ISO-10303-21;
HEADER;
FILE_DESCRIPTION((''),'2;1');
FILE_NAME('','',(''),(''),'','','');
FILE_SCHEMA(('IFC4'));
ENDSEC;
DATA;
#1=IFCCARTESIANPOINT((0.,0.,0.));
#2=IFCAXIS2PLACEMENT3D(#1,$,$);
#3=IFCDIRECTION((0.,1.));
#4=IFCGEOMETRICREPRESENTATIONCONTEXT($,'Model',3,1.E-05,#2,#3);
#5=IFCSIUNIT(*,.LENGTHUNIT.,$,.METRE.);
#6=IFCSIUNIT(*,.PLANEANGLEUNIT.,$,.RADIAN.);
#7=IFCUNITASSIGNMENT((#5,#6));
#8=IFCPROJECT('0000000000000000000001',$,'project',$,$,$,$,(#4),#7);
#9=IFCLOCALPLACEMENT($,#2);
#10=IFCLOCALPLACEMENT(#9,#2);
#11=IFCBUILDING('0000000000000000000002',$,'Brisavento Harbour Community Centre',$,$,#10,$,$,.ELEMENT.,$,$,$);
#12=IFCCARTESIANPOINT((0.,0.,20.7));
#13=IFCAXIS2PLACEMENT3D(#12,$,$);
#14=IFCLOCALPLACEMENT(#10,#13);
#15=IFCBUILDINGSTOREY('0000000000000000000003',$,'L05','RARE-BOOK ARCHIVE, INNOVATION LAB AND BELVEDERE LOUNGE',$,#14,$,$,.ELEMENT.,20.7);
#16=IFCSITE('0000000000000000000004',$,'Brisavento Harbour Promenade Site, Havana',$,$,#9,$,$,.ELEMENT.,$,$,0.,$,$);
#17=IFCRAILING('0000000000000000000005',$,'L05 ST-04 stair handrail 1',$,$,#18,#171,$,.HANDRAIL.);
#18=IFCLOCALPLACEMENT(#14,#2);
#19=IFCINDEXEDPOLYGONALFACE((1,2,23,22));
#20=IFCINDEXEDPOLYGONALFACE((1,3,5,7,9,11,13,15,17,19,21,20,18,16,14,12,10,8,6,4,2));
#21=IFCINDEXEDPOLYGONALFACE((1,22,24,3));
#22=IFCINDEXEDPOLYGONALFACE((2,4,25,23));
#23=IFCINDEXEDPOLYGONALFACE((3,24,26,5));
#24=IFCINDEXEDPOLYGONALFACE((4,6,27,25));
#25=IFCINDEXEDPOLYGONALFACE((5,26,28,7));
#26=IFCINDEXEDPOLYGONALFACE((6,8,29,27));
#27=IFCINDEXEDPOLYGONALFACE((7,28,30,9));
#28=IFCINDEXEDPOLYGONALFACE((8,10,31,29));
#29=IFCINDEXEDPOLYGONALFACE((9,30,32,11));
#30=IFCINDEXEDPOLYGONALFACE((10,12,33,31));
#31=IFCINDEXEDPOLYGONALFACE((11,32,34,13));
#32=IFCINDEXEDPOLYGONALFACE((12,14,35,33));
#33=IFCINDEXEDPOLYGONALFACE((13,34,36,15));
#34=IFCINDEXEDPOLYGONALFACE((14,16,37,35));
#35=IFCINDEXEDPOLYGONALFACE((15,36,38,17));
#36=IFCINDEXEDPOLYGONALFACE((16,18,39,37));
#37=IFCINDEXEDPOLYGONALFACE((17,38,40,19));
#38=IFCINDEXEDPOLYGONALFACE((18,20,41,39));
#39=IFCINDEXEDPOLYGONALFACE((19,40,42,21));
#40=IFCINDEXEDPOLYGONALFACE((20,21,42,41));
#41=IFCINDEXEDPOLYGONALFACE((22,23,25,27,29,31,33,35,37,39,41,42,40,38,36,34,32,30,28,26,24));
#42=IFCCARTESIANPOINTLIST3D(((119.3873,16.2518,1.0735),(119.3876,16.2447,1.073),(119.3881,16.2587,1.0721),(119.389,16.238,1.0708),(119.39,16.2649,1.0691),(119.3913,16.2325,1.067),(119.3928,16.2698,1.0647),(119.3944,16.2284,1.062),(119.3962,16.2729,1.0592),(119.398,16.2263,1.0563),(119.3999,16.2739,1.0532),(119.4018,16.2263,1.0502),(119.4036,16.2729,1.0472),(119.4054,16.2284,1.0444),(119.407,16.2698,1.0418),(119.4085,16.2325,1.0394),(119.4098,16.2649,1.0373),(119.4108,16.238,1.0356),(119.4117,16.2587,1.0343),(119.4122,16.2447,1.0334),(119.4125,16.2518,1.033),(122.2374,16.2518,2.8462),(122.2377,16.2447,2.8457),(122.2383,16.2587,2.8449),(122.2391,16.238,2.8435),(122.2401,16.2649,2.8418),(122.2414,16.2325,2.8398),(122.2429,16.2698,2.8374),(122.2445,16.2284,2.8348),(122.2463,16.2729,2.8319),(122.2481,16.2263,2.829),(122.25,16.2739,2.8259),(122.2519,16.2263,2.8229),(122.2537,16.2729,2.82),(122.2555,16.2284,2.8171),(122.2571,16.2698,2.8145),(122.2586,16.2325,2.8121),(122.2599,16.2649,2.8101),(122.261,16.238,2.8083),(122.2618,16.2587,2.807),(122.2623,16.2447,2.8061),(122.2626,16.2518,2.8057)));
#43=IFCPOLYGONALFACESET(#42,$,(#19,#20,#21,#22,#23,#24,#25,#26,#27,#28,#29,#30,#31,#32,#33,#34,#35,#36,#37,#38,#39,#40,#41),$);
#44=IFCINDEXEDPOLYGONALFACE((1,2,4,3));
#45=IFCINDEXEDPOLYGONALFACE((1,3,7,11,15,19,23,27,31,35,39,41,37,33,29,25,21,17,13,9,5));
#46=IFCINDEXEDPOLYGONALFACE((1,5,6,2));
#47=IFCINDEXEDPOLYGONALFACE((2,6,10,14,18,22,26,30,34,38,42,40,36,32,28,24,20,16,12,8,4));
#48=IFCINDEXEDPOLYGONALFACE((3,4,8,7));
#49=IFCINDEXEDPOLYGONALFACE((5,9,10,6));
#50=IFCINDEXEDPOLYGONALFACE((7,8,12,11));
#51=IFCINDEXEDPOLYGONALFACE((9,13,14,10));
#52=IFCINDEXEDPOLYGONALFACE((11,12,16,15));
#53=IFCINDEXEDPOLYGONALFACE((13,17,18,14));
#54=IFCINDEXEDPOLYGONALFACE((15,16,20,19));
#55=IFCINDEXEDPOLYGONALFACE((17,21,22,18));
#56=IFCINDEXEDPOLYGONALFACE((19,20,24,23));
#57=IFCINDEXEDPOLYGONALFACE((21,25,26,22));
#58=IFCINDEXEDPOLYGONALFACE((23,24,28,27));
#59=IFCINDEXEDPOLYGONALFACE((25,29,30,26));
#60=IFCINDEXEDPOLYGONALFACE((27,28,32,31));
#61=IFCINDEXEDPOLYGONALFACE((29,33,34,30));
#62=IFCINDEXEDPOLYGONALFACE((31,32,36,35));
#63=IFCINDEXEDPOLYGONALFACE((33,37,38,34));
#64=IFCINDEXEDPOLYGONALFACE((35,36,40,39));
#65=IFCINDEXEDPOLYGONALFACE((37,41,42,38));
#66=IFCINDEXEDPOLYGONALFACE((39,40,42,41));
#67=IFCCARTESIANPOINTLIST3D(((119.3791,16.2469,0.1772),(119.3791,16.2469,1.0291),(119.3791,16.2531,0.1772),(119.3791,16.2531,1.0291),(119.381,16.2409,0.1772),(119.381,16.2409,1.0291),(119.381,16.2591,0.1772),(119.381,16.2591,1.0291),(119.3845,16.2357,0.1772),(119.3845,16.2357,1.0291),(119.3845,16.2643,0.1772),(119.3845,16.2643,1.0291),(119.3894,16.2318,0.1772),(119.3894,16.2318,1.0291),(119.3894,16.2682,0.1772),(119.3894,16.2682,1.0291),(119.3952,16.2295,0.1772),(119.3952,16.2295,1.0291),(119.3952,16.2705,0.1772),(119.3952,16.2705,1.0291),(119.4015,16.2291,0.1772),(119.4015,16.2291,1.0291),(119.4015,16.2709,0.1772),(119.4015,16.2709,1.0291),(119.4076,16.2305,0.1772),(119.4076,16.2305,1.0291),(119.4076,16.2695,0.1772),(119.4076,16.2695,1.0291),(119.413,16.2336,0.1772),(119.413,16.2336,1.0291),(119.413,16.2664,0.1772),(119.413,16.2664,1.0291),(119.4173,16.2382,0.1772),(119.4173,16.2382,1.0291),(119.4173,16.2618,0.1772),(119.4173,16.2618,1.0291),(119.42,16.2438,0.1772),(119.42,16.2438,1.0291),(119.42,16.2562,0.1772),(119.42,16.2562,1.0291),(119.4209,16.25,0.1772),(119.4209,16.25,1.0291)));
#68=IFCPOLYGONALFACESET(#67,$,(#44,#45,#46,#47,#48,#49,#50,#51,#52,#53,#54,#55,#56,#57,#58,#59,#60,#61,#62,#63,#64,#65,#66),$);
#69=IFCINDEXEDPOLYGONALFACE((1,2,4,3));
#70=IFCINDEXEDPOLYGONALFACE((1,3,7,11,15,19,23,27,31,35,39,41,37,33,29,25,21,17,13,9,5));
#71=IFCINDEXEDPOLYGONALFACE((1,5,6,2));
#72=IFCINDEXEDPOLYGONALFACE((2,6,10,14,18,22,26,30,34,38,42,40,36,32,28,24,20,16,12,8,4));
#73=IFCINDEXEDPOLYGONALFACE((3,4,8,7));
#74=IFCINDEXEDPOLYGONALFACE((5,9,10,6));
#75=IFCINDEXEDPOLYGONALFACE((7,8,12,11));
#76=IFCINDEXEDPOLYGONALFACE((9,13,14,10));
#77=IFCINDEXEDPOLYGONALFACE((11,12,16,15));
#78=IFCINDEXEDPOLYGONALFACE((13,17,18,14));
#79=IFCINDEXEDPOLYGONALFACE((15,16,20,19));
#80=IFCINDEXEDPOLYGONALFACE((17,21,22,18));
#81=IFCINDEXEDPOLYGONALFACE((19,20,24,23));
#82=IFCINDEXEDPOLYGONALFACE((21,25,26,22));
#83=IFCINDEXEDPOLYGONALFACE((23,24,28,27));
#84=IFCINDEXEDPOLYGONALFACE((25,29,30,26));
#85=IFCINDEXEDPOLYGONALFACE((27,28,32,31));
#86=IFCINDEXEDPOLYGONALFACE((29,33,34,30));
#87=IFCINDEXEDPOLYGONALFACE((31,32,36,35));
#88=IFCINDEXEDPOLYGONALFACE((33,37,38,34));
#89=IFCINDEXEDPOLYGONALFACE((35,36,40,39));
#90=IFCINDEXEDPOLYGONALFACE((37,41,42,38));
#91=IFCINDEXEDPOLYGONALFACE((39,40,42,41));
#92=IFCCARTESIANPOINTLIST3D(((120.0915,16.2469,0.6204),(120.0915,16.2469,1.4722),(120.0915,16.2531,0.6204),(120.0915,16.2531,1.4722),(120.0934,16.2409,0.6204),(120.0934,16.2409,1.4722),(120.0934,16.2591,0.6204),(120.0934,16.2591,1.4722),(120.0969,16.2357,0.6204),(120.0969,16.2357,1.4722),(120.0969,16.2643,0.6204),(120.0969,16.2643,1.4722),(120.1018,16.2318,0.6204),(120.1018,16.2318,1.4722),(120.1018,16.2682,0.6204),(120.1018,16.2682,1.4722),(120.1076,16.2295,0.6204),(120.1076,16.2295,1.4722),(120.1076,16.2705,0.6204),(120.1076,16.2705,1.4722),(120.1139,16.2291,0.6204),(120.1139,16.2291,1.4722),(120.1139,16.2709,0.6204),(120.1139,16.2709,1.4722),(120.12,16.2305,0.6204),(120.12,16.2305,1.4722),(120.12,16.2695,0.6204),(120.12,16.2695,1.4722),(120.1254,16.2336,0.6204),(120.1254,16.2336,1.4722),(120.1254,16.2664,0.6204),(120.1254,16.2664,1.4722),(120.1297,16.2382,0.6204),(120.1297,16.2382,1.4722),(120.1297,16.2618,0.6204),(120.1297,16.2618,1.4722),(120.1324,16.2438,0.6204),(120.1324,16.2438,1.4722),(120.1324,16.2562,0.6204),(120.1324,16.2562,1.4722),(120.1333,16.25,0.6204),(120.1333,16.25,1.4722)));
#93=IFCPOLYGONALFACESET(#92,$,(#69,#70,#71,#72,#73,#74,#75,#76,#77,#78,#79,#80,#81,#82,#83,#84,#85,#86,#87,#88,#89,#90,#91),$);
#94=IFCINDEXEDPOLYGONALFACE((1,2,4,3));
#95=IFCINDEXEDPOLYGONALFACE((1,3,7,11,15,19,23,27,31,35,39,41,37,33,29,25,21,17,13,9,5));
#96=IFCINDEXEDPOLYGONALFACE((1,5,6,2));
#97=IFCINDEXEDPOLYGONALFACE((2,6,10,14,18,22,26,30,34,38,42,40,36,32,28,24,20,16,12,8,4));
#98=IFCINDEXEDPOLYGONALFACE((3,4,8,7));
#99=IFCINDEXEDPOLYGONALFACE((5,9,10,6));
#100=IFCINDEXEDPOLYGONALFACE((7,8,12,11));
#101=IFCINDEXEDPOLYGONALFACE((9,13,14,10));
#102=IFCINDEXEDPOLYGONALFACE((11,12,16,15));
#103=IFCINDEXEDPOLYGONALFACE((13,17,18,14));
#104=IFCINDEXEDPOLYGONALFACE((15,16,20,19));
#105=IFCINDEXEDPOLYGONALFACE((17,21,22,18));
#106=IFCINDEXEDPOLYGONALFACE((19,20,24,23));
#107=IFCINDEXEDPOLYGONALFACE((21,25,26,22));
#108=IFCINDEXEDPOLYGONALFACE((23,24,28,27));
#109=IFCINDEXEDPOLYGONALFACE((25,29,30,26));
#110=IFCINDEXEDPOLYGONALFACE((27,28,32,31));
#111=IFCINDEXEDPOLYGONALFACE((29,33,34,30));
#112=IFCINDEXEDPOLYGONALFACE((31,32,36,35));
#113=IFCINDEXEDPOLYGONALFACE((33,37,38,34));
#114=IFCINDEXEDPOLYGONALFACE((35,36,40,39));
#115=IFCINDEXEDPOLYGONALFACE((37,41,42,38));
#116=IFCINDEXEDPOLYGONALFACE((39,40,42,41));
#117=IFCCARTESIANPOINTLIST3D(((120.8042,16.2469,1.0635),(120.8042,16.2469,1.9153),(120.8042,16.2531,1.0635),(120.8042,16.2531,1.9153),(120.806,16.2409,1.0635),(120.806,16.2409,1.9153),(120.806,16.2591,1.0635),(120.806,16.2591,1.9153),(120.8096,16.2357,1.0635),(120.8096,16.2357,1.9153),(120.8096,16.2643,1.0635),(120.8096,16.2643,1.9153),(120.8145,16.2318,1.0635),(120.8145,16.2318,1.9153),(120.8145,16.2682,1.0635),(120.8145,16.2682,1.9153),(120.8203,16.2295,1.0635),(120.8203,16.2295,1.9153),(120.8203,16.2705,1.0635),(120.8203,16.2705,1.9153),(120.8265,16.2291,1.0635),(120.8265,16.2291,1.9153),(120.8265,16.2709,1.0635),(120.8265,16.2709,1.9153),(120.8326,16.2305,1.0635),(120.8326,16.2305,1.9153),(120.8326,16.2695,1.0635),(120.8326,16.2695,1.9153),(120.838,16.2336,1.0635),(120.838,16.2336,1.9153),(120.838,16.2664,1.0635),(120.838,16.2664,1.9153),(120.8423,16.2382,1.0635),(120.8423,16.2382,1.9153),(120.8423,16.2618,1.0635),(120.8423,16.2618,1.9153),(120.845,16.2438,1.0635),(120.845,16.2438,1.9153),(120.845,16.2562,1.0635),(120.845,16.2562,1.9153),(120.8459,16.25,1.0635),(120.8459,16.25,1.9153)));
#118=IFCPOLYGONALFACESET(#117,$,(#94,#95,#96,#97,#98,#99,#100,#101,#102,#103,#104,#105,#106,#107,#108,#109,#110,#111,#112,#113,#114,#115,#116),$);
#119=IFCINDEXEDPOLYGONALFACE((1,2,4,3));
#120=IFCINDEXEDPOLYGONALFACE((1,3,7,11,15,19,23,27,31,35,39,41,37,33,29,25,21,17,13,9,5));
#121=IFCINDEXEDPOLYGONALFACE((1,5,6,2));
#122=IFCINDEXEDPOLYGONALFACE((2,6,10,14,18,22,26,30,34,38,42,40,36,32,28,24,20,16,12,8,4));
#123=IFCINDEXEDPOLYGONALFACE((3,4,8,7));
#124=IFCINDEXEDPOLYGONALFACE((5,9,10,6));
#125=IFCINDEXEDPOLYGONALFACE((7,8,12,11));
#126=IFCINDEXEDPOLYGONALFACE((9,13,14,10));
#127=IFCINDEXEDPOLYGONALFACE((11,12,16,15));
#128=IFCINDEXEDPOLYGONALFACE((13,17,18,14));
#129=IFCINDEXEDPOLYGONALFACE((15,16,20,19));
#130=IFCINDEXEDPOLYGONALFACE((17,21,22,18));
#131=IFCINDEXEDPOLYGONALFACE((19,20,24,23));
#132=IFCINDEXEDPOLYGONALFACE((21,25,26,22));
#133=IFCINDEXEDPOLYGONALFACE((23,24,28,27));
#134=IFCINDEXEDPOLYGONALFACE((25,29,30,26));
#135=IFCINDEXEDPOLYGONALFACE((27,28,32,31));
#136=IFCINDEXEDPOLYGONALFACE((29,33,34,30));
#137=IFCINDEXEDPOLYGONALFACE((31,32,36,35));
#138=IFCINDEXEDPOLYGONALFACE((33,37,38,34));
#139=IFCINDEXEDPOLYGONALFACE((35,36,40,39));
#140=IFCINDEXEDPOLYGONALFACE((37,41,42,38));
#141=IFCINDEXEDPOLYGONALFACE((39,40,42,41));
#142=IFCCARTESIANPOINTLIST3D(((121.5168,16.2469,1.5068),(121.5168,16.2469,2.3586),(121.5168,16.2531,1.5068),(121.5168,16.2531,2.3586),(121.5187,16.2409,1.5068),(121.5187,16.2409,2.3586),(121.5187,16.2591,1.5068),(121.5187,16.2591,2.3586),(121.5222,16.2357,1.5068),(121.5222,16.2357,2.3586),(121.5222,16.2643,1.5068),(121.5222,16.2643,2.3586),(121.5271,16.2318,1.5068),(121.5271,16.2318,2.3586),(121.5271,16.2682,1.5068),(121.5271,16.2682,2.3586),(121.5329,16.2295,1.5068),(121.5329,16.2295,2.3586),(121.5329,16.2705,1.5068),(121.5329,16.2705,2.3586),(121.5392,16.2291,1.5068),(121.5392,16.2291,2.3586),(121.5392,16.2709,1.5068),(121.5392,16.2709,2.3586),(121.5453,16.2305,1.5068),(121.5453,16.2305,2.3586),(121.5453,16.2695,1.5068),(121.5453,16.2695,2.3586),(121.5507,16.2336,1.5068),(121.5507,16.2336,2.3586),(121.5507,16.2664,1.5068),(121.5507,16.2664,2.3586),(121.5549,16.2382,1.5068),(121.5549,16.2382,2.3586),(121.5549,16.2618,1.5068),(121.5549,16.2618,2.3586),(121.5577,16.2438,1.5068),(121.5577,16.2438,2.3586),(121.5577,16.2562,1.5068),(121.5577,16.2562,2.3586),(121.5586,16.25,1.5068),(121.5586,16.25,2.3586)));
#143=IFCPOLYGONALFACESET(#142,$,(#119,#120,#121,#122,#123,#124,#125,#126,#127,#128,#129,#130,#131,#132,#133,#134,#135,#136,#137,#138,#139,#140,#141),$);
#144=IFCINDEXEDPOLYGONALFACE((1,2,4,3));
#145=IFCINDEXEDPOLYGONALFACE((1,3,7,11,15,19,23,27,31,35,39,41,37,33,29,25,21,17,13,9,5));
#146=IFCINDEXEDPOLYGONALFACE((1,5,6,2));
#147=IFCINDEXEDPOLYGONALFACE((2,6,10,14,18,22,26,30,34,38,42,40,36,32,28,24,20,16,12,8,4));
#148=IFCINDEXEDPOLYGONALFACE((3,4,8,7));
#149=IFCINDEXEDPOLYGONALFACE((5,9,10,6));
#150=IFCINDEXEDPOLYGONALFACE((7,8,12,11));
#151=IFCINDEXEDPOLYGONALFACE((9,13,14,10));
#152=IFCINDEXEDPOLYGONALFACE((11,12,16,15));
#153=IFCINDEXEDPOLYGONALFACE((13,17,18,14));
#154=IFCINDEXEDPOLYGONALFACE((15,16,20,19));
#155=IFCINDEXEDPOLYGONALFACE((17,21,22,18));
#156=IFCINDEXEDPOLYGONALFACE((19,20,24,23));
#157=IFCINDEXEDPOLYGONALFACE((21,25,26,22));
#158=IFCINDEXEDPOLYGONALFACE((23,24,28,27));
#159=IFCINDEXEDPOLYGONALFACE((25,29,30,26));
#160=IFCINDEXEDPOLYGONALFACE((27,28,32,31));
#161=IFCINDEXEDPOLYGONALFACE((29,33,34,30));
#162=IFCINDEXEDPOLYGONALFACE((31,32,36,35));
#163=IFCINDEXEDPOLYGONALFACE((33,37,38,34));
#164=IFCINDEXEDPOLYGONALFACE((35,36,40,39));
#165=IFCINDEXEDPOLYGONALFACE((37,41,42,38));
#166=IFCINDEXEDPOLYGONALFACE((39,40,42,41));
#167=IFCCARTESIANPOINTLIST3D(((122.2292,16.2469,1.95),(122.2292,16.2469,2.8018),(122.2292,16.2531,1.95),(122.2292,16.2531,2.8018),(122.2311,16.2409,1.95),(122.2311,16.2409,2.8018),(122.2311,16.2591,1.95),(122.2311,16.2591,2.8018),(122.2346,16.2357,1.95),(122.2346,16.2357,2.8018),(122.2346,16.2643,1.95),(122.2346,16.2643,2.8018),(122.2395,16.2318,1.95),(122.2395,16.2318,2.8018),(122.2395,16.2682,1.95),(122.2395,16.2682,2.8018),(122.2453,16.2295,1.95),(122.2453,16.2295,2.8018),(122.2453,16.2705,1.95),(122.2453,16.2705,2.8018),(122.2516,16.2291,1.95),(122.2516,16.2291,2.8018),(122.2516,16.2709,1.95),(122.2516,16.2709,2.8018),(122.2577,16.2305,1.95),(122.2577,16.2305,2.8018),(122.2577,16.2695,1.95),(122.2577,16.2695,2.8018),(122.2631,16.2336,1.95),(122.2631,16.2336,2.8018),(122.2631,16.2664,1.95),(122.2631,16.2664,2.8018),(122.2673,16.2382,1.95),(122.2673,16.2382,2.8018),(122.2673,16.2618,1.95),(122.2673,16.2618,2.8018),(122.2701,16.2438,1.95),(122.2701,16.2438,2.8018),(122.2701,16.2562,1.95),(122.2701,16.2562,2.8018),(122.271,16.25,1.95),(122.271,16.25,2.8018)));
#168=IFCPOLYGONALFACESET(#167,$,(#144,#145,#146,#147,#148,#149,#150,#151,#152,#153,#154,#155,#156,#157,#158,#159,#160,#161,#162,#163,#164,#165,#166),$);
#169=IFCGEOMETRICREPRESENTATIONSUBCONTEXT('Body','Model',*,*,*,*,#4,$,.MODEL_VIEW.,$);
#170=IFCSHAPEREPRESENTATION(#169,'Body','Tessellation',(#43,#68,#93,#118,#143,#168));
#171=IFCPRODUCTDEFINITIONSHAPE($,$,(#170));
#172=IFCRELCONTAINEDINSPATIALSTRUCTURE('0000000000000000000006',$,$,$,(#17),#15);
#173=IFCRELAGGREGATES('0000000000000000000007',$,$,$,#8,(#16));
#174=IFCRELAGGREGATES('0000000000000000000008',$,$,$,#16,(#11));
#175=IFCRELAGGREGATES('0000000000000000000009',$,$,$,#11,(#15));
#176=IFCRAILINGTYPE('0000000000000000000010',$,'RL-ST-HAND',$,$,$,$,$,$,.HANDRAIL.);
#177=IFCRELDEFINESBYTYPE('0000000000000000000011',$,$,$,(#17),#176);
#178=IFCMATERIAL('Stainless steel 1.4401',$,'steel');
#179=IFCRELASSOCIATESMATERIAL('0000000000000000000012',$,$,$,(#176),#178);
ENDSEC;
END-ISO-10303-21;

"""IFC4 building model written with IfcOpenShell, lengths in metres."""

from ifc_helpers import new_model, si_unit, direction, frame, origin, origin_2d, place, context, subcontext, project, spatial, circle, extrude, material, type_object, element, save


model = new_model("IFC4")

# Units and contexts
model_context = context("Model", 3, precision=1e-05, world=origin(), true_north=direction((0.0, 1.0)))
body_context = subcontext(model_context, "Body", "Model", "MODEL_VIEW")
ifc_project = project(units=[si_unit("LENGTHUNIT", "METRE"), si_unit("PLANEANGLEUNIT", "RADIAN")], contexts=[model_context])

# Site, building, storey
site_placement = place(None, origin())
site = spatial("IfcSite", under=ifc_project, at=site_placement, Name="Brisavento Harbour Promenade Site, Havana", CompositionType="ELEMENT", RefElevation=0.0)
building_placement = place(site_placement, origin())
building = spatial("IfcBuilding", under=site, at=building_placement, Name="Brisavento Harbour Community Centre", CompositionType="ELEMENT")
storey_placement = place(building_placement, frame((0.0, 0.0, 20.7)))
storey = spatial("IfcBuildingStorey", under=building, at=storey_placement, Name="L05", Description="RARE-BOOK ARCHIVE, INNOVATION LAB AND BELVEDERE LOUNGE", CompositionType="ELEMENT", Elevation=20.7)

# Railing
ifc_material_1 = material(Name="Stainless steel 1.4401", Category="steel")
railing_type_1 = type_object("IfcRailingType", Name="RL-ST-HAND", PredefinedType="HANDRAIL", material=ifc_material_1)
railing_1_placement = place(storey_placement, frame((119.3999, 16.25, 0.1772)))
element("IfcRailing", 1, at=railing_1_placement, inside=storey, type_object=railing_type_1, Name="L05 ST-04 stair handrail 1", PredefinedType="HANDRAIL", context=body_context, shape_type="SweptSolid", body=[
    extrude(circle(Radius=0.0239, at=origin_2d()), frame((0.0, 0.0, 0.876), z_axis=(0.849149, 0.0, 0.528154), x_axis=(0.0, 1.0, 0.0)), (0.0, 0.0, 1.0), 3.3564),
    extrude(circle(Radius=0.021, at=origin_2d()), origin(), (0.0, 0.0, 1.0), 0.8518),
    extrude(circle(Radius=0.021, at=origin_2d()), frame((0.7124, 0.0, 0.4431)), (0.0, 0.0, 1.0), 0.8518),
    extrude(circle(Radius=0.021, at=origin_2d()), frame((1.425, 0.0, 0.8862)), (0.0, 0.0, 1.0), 0.8518),
    extrude(circle(Radius=0.021, at=origin_2d()), frame((2.1377, 0.0, 1.3296)), (0.0, 0.0, 1.0), 0.8518),
    extrude(circle(Radius=0.021, at=origin_2d()), frame((2.8501, 0.0, 1.7727)), (0.0, 0.0, 1.0), 0.8518),
])

save(model, "model.ifc")
